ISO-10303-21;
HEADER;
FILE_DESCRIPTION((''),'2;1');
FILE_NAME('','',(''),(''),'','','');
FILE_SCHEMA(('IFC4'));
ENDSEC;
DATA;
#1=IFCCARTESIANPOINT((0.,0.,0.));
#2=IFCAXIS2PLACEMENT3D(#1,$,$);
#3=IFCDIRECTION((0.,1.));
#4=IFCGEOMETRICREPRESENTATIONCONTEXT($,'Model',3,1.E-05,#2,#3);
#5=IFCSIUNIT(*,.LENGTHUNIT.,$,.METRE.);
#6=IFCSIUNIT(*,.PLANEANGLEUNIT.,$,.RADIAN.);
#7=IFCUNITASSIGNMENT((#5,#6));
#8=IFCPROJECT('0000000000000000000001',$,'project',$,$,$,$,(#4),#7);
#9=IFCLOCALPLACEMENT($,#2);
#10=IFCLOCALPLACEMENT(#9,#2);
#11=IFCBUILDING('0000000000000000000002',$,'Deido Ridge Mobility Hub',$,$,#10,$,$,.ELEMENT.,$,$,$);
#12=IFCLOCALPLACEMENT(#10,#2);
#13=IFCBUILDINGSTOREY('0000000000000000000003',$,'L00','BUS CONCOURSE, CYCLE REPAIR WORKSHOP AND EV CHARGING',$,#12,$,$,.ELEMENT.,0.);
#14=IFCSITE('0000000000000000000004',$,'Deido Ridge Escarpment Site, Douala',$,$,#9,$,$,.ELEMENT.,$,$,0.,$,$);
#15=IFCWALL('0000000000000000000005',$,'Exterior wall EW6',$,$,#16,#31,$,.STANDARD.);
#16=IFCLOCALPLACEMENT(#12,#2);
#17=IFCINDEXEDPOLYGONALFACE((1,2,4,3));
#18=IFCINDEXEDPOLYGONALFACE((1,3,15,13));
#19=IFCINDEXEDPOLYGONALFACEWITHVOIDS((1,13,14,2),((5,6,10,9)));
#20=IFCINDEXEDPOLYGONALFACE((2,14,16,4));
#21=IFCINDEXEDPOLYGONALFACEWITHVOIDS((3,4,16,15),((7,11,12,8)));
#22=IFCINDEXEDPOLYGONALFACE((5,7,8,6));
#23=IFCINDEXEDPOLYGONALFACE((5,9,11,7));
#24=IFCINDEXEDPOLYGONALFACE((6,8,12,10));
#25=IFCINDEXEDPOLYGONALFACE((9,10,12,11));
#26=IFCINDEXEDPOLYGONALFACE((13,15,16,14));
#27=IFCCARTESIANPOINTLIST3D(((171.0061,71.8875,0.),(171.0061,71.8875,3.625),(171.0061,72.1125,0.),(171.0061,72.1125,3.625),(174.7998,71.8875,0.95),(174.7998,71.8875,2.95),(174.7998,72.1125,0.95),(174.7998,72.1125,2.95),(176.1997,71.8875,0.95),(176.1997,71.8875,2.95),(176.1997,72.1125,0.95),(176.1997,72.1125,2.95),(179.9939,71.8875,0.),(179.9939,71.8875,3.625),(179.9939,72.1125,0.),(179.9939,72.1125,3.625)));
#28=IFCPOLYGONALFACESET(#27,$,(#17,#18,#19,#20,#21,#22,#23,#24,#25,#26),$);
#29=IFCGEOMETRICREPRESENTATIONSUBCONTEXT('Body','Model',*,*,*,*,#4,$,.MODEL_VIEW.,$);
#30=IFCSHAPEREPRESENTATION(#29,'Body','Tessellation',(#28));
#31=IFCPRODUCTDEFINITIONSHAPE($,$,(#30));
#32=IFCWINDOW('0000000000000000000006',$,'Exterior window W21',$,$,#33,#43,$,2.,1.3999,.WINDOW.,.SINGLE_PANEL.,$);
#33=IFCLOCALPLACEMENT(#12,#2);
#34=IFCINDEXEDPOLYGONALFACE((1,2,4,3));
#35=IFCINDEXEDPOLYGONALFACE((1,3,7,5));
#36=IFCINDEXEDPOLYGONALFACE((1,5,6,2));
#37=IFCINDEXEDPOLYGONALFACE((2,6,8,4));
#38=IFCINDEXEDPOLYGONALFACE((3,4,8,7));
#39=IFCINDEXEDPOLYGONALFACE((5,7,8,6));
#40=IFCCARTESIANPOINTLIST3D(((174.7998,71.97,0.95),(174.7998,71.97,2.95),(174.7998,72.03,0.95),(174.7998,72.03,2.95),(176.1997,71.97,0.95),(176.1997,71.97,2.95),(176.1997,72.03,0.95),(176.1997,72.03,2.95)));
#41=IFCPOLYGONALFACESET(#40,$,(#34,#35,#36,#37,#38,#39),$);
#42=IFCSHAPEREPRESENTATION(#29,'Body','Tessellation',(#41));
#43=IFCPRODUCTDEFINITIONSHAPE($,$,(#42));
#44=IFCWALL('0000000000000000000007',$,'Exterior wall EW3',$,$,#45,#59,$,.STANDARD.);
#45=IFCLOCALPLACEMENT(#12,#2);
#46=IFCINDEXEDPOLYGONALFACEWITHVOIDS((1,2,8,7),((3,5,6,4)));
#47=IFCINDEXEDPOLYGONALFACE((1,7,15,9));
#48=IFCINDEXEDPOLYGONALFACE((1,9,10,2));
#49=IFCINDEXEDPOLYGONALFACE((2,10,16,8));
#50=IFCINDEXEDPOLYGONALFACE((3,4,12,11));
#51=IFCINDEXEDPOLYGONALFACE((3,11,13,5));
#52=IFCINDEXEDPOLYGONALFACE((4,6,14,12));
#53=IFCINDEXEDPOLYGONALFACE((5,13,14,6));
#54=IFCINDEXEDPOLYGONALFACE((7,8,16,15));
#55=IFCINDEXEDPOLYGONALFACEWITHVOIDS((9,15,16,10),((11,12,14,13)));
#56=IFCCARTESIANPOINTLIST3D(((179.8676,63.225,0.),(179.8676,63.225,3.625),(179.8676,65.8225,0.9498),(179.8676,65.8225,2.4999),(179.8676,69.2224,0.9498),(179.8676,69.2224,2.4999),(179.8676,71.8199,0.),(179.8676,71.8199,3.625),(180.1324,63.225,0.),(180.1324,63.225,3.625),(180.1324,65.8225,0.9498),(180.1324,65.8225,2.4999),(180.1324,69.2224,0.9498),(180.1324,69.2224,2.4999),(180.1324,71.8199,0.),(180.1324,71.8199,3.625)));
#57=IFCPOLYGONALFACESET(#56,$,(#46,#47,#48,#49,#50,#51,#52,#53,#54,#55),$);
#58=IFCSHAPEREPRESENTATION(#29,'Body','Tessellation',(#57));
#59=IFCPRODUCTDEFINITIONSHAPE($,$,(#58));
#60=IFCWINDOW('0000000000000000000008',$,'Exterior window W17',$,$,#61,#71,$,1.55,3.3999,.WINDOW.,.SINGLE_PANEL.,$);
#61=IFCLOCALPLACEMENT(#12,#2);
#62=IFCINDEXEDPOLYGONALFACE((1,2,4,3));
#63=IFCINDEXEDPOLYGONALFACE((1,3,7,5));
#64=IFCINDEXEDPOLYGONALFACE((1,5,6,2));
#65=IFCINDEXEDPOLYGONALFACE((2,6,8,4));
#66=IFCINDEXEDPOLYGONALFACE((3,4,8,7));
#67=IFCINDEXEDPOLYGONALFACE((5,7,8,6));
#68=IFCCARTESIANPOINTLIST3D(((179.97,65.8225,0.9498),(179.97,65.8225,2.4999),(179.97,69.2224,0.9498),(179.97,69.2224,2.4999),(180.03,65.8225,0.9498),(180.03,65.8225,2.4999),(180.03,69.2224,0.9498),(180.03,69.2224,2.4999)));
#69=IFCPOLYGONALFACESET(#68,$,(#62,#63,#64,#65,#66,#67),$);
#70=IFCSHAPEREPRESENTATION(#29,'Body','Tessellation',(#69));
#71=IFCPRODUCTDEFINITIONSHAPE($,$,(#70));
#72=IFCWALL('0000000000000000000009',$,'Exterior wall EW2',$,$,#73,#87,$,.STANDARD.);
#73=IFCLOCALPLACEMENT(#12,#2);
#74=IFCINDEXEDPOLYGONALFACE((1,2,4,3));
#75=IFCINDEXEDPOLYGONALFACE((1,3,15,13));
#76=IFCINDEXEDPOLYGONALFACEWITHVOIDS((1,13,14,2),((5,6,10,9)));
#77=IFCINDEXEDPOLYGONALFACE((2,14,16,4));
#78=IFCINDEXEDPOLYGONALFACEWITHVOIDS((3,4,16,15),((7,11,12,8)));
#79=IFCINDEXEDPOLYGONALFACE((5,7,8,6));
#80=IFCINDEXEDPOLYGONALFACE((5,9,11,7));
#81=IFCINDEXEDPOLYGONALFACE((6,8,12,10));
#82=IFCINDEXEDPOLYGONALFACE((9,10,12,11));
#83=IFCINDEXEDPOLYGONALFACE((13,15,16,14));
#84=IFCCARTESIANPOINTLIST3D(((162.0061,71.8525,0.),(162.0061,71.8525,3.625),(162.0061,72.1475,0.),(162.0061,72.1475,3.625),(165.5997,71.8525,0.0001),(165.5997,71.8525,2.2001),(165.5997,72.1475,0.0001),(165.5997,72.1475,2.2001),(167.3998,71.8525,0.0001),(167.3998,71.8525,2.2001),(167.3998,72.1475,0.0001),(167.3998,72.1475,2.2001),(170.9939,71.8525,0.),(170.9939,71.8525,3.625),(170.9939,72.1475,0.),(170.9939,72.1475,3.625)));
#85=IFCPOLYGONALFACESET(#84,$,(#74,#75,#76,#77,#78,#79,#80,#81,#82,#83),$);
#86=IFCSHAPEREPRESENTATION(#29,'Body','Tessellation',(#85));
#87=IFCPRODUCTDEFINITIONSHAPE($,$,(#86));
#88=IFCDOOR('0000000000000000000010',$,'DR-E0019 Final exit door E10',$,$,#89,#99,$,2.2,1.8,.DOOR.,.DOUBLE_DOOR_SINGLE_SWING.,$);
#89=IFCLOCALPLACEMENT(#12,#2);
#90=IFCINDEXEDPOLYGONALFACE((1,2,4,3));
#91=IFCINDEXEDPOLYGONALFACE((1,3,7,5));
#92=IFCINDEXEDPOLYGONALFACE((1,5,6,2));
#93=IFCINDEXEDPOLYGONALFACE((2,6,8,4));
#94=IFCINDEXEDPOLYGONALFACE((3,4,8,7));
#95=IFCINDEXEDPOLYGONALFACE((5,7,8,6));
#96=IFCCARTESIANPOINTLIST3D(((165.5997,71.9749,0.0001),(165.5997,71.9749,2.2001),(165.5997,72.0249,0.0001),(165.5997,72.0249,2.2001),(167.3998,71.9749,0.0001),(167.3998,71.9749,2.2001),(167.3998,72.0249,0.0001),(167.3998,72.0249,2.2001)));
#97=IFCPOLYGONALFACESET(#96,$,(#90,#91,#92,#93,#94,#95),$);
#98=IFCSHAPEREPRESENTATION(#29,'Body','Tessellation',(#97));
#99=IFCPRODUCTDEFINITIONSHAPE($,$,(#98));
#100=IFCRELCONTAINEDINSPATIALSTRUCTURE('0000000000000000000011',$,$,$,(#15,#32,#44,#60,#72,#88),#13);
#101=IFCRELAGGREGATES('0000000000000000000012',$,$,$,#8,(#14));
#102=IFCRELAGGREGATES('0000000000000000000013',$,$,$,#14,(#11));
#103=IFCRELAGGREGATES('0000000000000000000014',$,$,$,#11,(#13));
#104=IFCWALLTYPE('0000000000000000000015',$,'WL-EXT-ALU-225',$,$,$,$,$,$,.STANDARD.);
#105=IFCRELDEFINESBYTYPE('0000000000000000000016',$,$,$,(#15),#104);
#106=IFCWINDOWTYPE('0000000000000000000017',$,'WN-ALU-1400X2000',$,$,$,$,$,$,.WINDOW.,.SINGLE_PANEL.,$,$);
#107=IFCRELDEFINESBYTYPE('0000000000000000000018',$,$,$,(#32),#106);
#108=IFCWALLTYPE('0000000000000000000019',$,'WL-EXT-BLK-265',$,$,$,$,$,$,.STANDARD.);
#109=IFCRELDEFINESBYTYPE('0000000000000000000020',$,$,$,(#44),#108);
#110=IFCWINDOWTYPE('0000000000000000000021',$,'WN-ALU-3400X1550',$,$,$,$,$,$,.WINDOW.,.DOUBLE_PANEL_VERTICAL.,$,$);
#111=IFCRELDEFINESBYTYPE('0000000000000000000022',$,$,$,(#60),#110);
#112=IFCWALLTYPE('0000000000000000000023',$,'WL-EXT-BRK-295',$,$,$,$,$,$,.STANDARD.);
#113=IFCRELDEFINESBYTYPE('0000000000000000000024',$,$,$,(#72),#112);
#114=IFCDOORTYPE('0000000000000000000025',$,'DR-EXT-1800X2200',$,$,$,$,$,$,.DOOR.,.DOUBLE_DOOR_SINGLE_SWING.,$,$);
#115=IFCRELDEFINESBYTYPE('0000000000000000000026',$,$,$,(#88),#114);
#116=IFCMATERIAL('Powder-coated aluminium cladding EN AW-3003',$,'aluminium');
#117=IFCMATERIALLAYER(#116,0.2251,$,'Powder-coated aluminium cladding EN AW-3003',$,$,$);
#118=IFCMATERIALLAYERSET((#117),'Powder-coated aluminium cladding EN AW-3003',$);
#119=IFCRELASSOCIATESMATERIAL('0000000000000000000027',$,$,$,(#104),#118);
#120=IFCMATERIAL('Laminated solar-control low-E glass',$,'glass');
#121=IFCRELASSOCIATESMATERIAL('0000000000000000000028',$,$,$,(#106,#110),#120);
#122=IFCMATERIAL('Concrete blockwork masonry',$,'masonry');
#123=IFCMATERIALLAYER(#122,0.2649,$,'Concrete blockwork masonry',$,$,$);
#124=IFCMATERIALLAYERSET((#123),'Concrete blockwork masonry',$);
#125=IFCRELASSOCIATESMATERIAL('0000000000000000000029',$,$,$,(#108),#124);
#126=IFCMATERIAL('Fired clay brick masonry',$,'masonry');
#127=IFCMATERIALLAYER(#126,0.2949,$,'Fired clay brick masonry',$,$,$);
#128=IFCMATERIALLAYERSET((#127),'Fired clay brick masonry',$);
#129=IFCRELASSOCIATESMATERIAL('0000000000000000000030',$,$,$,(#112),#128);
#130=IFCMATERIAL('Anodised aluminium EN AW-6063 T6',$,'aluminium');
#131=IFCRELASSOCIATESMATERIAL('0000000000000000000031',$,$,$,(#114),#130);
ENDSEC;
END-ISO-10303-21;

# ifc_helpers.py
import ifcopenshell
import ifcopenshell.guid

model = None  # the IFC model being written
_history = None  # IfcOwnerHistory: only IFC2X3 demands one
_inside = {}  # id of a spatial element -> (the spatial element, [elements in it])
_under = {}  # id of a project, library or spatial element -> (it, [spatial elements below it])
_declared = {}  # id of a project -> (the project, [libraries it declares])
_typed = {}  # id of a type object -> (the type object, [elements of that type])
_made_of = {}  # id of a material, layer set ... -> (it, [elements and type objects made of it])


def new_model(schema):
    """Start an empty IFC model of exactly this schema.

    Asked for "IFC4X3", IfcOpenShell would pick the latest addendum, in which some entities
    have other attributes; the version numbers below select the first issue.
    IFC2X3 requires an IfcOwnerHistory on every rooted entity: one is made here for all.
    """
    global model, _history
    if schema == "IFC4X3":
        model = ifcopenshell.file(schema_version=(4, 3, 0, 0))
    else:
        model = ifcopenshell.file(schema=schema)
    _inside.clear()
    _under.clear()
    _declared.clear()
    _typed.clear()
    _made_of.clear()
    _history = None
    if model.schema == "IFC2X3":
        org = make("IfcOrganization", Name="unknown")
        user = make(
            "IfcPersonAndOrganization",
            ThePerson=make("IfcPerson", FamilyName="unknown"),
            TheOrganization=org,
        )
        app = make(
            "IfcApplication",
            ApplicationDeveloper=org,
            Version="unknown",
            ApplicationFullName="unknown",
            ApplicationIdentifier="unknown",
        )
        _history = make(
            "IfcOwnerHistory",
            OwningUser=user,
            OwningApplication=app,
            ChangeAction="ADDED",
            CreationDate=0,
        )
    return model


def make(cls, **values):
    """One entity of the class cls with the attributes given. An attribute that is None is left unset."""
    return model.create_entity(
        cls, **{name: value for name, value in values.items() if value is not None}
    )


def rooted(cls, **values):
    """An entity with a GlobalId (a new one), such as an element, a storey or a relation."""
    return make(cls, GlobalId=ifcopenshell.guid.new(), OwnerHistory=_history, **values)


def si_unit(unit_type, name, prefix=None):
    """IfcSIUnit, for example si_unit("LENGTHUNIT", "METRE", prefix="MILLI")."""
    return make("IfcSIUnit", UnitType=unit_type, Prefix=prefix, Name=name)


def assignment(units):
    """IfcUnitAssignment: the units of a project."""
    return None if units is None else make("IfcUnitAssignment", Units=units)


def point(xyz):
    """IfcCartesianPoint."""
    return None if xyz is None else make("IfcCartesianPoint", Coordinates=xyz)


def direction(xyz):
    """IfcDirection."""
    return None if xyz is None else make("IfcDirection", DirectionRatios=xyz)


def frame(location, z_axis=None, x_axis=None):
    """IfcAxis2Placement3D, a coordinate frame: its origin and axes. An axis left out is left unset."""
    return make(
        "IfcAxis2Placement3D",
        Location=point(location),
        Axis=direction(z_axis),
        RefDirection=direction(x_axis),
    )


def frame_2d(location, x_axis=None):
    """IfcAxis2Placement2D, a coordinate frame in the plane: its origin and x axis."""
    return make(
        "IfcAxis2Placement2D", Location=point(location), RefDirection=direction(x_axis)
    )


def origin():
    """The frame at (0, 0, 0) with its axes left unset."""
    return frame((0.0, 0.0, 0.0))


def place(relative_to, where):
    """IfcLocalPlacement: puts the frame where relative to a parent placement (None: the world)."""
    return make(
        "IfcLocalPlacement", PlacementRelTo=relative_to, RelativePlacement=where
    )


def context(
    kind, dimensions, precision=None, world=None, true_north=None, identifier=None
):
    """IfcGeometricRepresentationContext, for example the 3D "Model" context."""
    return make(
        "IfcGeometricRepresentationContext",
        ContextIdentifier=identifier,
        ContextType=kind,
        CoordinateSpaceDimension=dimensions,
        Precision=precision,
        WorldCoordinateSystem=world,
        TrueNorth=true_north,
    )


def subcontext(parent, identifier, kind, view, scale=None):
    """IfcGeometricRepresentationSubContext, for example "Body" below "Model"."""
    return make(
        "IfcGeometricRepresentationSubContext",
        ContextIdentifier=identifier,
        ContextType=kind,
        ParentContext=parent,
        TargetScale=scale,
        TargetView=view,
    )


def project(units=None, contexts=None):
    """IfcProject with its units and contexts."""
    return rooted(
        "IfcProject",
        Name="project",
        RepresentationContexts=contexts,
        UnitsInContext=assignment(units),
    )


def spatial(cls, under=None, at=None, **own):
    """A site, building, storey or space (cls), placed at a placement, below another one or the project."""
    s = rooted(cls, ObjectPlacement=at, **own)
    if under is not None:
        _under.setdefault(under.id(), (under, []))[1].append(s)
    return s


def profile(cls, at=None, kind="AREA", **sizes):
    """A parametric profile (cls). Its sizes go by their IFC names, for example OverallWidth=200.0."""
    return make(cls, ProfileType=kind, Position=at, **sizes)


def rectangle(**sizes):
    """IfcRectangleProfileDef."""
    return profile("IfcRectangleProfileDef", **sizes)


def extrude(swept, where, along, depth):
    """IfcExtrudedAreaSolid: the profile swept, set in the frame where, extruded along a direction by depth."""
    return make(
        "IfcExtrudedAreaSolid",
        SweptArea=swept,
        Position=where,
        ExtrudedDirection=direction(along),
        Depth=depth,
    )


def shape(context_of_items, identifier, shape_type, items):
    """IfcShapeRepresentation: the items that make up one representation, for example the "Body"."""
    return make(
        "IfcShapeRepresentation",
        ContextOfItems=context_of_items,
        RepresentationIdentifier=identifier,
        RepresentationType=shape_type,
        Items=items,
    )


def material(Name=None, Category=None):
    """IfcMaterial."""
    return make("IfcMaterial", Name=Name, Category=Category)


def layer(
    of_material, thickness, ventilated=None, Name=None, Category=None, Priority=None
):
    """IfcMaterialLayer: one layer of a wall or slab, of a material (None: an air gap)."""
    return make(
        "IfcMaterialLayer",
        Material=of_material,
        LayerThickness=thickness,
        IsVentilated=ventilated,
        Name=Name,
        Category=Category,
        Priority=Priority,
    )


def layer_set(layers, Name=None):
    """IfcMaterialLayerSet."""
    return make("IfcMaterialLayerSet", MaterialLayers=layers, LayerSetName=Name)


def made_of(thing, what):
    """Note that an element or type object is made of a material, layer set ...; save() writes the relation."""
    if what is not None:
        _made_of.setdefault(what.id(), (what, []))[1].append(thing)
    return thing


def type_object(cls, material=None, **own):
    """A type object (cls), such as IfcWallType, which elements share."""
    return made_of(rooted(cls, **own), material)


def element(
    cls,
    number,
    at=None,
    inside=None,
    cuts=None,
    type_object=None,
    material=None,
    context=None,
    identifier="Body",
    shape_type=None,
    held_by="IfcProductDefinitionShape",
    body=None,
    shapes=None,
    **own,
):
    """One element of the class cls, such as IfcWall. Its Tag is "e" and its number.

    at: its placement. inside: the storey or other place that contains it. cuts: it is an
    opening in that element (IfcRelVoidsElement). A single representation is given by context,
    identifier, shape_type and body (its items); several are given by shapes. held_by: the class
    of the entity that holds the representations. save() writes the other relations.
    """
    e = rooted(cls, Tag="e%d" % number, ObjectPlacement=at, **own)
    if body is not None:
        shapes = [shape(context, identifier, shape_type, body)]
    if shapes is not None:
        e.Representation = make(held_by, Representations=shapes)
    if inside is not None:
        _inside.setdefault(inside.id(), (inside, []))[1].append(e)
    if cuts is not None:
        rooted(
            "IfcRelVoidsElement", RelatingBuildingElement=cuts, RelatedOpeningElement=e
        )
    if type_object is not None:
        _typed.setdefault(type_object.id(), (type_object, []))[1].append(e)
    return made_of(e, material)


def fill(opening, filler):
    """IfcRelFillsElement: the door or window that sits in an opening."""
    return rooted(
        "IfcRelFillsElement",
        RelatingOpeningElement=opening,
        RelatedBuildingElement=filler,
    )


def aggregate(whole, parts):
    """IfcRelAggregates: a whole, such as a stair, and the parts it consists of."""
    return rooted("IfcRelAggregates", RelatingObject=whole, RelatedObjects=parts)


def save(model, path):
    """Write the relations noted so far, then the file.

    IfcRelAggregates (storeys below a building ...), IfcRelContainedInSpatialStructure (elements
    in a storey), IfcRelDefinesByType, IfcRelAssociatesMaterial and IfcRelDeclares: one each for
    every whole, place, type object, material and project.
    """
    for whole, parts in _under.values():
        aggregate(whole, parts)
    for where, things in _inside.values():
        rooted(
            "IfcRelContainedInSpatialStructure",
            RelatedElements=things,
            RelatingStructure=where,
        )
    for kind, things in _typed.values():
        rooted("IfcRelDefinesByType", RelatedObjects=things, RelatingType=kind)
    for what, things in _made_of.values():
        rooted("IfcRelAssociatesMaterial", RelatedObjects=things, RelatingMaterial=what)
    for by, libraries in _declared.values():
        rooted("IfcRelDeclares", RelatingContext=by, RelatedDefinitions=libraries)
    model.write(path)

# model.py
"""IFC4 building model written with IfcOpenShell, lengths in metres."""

from ifc_helpers import new_model, si_unit, direction, frame, frame_2d, origin, place, context, subcontext, project, spatial, rectangle, extrude, material, layer, layer_set, type_object, element, fill, save


model = new_model("IFC4")

# Units and contexts
model_context = context("Model", 3, precision=1e-05, world=origin(), true_north=direction((0.0, 1.0)))
body_context = subcontext(model_context, "Body", "Model", "MODEL_VIEW")
ifc_project = project(units=[si_unit("LENGTHUNIT", "METRE"), si_unit("PLANEANGLEUNIT", "RADIAN")], contexts=[model_context])

# Site, building, storey
site_placement = place(None, origin())
site = spatial("IfcSite", under=ifc_project, at=site_placement, Name="Deido Ridge Escarpment Site, Douala", CompositionType="ELEMENT", RefElevation=0.0)
building_placement = place(site_placement, origin())
building = spatial("IfcBuilding", under=site, at=building_placement, Name="Deido Ridge Mobility Hub", CompositionType="ELEMENT")
storey_placement = place(building_placement, origin())
storey = spatial("IfcBuildingStorey", under=building, at=storey_placement, Name="L00", Description="BUS CONCOURSE, CYCLE REPAIR WORKSHOP AND EV CHARGING", CompositionType="ELEMENT", Elevation=0.0)

# Walls, openings, windows
ifc_material_1 = material(Name="Powder-coated aluminium cladding EN AW-3003", Category="aluminium")
ifc_layer_1 = layer(ifc_material_1, 0.2251, Name="Powder-coated aluminium cladding EN AW-3003")
ifc_layer_set_1 = layer_set([ifc_layer_1], Name="Powder-coated aluminium cladding EN AW-3003")
wall_type_1 = type_object("IfcWallType", Name="WL-EXT-ALU-225", PredefinedType="STANDARD", material=ifc_layer_set_1)
wall_1_placement = place(storey_placement, frame((171.0061, 72.0, 0.0), z_axis=(0.0, 0.0, 1.0), x_axis=(1.0, 0.0, 0.0)))
wall_1 = element("IfcWall", 1, at=wall_1_placement, inside=storey, type_object=wall_type_1, Name="Exterior wall EW6", PredefinedType="STANDARD", context=body_context, shape_type="SweptSolid", body=[
    extrude(rectangle(XDim=8.9878, YDim=0.2251, at=frame_2d((4.4939, 0.0))), origin(), (0.0, 0.0, 1.0), 3.625),
])
opening_1_placement = place(wall_1_placement, frame((3.7937, 0.0, 0.95)))
opening_1 = element("IfcOpeningElement", 2, at=opening_1_placement, cuts=wall_1, PredefinedType="OPENING", context=body_context, shape_type="SweptSolid", body=[
    extrude(rectangle(XDim=1.3999, YDim=2.0, at=frame_2d((0.7, 1.0))), frame((0.0, 0.1226, 0.0), z_axis=(0.0, -1.0, 0.0), x_axis=(1.0, 0.0, 0.0)), (0.0, 0.0, 1.0), 0.2451),
])
ifc_material_2 = material(Name="Laminated solar-control low-E glass", Category="glass")
window_type_1 = type_object("IfcWindowType", Name="WN-ALU-1400X2000", PartitioningType="SINGLE_PANEL", PredefinedType="WINDOW", material=ifc_material_2)
window_1_placement = place(opening_1_placement, origin())
window_1 = element("IfcWindow", 3, at=window_1_placement, inside=storey, type_object=window_type_1, Name="Exterior window W21", OverallHeight=2.0, OverallWidth=1.3999, PartitioningType="SINGLE_PANEL", PredefinedType="WINDOW", context=body_context, shape_type="SweptSolid", body=[
    extrude(rectangle(XDim=1.3999, YDim=2.0, at=frame_2d((0.7, 1.0))), frame((0.0, 0.03, 0.0), z_axis=(0.0, -1.0, 0.0), x_axis=(1.0, 0.0, 0.0)), (0.0, 0.0, 1.0), 0.0601),
])
fill(opening_1, window_1)
ifc_material_3 = material(Name="Concrete blockwork masonry", Category="masonry")
ifc_layer_2 = layer(ifc_material_3, 0.2649, Name="Concrete blockwork masonry")
ifc_layer_set_2 = layer_set([ifc_layer_2], Name="Concrete blockwork masonry")
wall_type_2 = type_object("IfcWallType", Name="WL-EXT-BLK-265", PredefinedType="STANDARD", material=ifc_layer_set_2)
wall_2_placement = place(storey_placement, frame((180.0, 63.2251, 0.0), z_axis=(0.0, 0.0, 1.0), x_axis=(0.0, 1.0, 0.0)))
wall_2 = element("IfcWall", 4, at=wall_2_placement, inside=storey, type_object=wall_type_2, Name="Exterior wall EW3", PredefinedType="STANDARD", context=body_context, shape_type="SweptSolid", body=[
    extrude(rectangle(XDim=8.595, YDim=0.2649, at=frame_2d((4.2974, 0.0))), origin(), (0.0, 0.0, 1.0), 3.625),
])
opening_2_placement = place(wall_2_placement, frame((2.5974, 0.0, 0.95)))
opening_2 = element("IfcOpeningElement", 5, at=opening_2_placement, cuts=wall_2, PredefinedType="OPENING", context=body_context, shape_type="SweptSolid", body=[
    extrude(rectangle(XDim=3.3999, YDim=1.55, at=frame_2d((1.7, 0.7749))), frame((0.0, 0.1426, 0.0), z_axis=(0.0, -1.0, 0.0), x_axis=(1.0, 0.0, 0.0)), (0.0, 0.0, 1.0), 0.2849),
])
window_type_2 = type_object("IfcWindowType", Name="WN-ALU-3400X1550", PartitioningType="DOUBLE_PANEL_VERTICAL", PredefinedType="WINDOW", material=ifc_material_2)
window_2_placement = place(opening_2_placement, origin())
window_2 = element("IfcWindow", 6, at=window_2_placement, inside=storey, type_object=window_type_2, Name="Exterior window W17", OverallHeight=1.55, OverallWidth=3.3999, PartitioningType="SINGLE_PANEL", PredefinedType="WINDOW", context=body_context, shape_type="SweptSolid", body=[
    extrude(rectangle(XDim=3.3999, YDim=1.55, at=frame_2d((1.7, 0.7749))), frame((0.0, 0.03, 0.0), z_axis=(0.0, -1.0, 0.0), x_axis=(1.0, 0.0, 0.0)), (0.0, 0.0, 1.0), 0.0601),
])
fill(opening_2, window_2)

# Wall, opening, door
ifc_material_4 = material(Name="Fired clay brick masonry", Category="masonry")
ifc_layer_3 = layer(ifc_material_4, 0.2949, Name="Fired clay brick masonry")
ifc_layer_set_3 = layer_set([ifc_layer_3], Name="Fired clay brick masonry")
wall_type_3 = type_object("IfcWallType", Name="WL-EXT-BRK-295", PredefinedType="STANDARD", material=ifc_layer_set_3)
wall_3_placement = place(storey_placement, frame((162.0061, 72.0, 0.0), z_axis=(0.0, 0.0, 1.0), x_axis=(1.0, 0.0, 0.0)))
wall_3 = element("IfcWall", 7, at=wall_3_placement, inside=storey, type_object=wall_type_3, Name="Exterior wall EW2", PredefinedType="STANDARD", context=body_context, shape_type="SweptSolid", body=[
    extrude(rectangle(XDim=8.9878, YDim=0.2949, at=frame_2d((4.4939, 0.0))), origin(), (0.0, 0.0, 1.0), 3.625),
])
opening_3_placement = place(wall_3_placement, frame((3.5938, 0.0, 0.0)))
opening_3 = element("IfcOpeningElement", 8, at=opening_3_placement, cuts=wall_3, PredefinedType="OPENING", context=body_context, shape_type="SweptSolid", body=[
    extrude(rectangle(XDim=1.8, YDim=2.2, at=frame_2d((0.8999, 1.1001))), frame((0.0, 0.1575, 0.0), z_axis=(0.0, -1.0, 0.0), x_axis=(1.0, 0.0, 0.0)), (0.0, 0.0, 1.0), 0.3149),
])
ifc_material_5 = material(Name="Anodised aluminium EN AW-6063 T6", Category="aluminium")
door_type = type_object("IfcDoorType", Name="DR-EXT-1800X2200", OperationType="DOUBLE_DOOR_SINGLE_SWING", PredefinedType="DOOR", material=ifc_material_5)
door_placement = place(opening_3_placement, origin())
door = element("IfcDoor", 9, at=door_placement, inside=storey, type_object=door_type, Name="DR-E0019 Final exit door E10", OperationType="DOUBLE_DOOR_SINGLE_SWING", OverallHeight=2.2, OverallWidth=1.8, PredefinedType="DOOR", context=body_context, shape_type="SweptSolid", body=[
    extrude(rectangle(XDim=1.8, YDim=2.2, at=frame_2d((0.8999, 1.1001))), frame((0.0, 0.0249, 0.0), z_axis=(0.0, -1.0, 0.0), x_axis=(1.0, 0.0, 0.0)), (0.0, 0.0, 1.0), 0.05),
])
fill(opening_3, door)

save(model, "model.ifc")
